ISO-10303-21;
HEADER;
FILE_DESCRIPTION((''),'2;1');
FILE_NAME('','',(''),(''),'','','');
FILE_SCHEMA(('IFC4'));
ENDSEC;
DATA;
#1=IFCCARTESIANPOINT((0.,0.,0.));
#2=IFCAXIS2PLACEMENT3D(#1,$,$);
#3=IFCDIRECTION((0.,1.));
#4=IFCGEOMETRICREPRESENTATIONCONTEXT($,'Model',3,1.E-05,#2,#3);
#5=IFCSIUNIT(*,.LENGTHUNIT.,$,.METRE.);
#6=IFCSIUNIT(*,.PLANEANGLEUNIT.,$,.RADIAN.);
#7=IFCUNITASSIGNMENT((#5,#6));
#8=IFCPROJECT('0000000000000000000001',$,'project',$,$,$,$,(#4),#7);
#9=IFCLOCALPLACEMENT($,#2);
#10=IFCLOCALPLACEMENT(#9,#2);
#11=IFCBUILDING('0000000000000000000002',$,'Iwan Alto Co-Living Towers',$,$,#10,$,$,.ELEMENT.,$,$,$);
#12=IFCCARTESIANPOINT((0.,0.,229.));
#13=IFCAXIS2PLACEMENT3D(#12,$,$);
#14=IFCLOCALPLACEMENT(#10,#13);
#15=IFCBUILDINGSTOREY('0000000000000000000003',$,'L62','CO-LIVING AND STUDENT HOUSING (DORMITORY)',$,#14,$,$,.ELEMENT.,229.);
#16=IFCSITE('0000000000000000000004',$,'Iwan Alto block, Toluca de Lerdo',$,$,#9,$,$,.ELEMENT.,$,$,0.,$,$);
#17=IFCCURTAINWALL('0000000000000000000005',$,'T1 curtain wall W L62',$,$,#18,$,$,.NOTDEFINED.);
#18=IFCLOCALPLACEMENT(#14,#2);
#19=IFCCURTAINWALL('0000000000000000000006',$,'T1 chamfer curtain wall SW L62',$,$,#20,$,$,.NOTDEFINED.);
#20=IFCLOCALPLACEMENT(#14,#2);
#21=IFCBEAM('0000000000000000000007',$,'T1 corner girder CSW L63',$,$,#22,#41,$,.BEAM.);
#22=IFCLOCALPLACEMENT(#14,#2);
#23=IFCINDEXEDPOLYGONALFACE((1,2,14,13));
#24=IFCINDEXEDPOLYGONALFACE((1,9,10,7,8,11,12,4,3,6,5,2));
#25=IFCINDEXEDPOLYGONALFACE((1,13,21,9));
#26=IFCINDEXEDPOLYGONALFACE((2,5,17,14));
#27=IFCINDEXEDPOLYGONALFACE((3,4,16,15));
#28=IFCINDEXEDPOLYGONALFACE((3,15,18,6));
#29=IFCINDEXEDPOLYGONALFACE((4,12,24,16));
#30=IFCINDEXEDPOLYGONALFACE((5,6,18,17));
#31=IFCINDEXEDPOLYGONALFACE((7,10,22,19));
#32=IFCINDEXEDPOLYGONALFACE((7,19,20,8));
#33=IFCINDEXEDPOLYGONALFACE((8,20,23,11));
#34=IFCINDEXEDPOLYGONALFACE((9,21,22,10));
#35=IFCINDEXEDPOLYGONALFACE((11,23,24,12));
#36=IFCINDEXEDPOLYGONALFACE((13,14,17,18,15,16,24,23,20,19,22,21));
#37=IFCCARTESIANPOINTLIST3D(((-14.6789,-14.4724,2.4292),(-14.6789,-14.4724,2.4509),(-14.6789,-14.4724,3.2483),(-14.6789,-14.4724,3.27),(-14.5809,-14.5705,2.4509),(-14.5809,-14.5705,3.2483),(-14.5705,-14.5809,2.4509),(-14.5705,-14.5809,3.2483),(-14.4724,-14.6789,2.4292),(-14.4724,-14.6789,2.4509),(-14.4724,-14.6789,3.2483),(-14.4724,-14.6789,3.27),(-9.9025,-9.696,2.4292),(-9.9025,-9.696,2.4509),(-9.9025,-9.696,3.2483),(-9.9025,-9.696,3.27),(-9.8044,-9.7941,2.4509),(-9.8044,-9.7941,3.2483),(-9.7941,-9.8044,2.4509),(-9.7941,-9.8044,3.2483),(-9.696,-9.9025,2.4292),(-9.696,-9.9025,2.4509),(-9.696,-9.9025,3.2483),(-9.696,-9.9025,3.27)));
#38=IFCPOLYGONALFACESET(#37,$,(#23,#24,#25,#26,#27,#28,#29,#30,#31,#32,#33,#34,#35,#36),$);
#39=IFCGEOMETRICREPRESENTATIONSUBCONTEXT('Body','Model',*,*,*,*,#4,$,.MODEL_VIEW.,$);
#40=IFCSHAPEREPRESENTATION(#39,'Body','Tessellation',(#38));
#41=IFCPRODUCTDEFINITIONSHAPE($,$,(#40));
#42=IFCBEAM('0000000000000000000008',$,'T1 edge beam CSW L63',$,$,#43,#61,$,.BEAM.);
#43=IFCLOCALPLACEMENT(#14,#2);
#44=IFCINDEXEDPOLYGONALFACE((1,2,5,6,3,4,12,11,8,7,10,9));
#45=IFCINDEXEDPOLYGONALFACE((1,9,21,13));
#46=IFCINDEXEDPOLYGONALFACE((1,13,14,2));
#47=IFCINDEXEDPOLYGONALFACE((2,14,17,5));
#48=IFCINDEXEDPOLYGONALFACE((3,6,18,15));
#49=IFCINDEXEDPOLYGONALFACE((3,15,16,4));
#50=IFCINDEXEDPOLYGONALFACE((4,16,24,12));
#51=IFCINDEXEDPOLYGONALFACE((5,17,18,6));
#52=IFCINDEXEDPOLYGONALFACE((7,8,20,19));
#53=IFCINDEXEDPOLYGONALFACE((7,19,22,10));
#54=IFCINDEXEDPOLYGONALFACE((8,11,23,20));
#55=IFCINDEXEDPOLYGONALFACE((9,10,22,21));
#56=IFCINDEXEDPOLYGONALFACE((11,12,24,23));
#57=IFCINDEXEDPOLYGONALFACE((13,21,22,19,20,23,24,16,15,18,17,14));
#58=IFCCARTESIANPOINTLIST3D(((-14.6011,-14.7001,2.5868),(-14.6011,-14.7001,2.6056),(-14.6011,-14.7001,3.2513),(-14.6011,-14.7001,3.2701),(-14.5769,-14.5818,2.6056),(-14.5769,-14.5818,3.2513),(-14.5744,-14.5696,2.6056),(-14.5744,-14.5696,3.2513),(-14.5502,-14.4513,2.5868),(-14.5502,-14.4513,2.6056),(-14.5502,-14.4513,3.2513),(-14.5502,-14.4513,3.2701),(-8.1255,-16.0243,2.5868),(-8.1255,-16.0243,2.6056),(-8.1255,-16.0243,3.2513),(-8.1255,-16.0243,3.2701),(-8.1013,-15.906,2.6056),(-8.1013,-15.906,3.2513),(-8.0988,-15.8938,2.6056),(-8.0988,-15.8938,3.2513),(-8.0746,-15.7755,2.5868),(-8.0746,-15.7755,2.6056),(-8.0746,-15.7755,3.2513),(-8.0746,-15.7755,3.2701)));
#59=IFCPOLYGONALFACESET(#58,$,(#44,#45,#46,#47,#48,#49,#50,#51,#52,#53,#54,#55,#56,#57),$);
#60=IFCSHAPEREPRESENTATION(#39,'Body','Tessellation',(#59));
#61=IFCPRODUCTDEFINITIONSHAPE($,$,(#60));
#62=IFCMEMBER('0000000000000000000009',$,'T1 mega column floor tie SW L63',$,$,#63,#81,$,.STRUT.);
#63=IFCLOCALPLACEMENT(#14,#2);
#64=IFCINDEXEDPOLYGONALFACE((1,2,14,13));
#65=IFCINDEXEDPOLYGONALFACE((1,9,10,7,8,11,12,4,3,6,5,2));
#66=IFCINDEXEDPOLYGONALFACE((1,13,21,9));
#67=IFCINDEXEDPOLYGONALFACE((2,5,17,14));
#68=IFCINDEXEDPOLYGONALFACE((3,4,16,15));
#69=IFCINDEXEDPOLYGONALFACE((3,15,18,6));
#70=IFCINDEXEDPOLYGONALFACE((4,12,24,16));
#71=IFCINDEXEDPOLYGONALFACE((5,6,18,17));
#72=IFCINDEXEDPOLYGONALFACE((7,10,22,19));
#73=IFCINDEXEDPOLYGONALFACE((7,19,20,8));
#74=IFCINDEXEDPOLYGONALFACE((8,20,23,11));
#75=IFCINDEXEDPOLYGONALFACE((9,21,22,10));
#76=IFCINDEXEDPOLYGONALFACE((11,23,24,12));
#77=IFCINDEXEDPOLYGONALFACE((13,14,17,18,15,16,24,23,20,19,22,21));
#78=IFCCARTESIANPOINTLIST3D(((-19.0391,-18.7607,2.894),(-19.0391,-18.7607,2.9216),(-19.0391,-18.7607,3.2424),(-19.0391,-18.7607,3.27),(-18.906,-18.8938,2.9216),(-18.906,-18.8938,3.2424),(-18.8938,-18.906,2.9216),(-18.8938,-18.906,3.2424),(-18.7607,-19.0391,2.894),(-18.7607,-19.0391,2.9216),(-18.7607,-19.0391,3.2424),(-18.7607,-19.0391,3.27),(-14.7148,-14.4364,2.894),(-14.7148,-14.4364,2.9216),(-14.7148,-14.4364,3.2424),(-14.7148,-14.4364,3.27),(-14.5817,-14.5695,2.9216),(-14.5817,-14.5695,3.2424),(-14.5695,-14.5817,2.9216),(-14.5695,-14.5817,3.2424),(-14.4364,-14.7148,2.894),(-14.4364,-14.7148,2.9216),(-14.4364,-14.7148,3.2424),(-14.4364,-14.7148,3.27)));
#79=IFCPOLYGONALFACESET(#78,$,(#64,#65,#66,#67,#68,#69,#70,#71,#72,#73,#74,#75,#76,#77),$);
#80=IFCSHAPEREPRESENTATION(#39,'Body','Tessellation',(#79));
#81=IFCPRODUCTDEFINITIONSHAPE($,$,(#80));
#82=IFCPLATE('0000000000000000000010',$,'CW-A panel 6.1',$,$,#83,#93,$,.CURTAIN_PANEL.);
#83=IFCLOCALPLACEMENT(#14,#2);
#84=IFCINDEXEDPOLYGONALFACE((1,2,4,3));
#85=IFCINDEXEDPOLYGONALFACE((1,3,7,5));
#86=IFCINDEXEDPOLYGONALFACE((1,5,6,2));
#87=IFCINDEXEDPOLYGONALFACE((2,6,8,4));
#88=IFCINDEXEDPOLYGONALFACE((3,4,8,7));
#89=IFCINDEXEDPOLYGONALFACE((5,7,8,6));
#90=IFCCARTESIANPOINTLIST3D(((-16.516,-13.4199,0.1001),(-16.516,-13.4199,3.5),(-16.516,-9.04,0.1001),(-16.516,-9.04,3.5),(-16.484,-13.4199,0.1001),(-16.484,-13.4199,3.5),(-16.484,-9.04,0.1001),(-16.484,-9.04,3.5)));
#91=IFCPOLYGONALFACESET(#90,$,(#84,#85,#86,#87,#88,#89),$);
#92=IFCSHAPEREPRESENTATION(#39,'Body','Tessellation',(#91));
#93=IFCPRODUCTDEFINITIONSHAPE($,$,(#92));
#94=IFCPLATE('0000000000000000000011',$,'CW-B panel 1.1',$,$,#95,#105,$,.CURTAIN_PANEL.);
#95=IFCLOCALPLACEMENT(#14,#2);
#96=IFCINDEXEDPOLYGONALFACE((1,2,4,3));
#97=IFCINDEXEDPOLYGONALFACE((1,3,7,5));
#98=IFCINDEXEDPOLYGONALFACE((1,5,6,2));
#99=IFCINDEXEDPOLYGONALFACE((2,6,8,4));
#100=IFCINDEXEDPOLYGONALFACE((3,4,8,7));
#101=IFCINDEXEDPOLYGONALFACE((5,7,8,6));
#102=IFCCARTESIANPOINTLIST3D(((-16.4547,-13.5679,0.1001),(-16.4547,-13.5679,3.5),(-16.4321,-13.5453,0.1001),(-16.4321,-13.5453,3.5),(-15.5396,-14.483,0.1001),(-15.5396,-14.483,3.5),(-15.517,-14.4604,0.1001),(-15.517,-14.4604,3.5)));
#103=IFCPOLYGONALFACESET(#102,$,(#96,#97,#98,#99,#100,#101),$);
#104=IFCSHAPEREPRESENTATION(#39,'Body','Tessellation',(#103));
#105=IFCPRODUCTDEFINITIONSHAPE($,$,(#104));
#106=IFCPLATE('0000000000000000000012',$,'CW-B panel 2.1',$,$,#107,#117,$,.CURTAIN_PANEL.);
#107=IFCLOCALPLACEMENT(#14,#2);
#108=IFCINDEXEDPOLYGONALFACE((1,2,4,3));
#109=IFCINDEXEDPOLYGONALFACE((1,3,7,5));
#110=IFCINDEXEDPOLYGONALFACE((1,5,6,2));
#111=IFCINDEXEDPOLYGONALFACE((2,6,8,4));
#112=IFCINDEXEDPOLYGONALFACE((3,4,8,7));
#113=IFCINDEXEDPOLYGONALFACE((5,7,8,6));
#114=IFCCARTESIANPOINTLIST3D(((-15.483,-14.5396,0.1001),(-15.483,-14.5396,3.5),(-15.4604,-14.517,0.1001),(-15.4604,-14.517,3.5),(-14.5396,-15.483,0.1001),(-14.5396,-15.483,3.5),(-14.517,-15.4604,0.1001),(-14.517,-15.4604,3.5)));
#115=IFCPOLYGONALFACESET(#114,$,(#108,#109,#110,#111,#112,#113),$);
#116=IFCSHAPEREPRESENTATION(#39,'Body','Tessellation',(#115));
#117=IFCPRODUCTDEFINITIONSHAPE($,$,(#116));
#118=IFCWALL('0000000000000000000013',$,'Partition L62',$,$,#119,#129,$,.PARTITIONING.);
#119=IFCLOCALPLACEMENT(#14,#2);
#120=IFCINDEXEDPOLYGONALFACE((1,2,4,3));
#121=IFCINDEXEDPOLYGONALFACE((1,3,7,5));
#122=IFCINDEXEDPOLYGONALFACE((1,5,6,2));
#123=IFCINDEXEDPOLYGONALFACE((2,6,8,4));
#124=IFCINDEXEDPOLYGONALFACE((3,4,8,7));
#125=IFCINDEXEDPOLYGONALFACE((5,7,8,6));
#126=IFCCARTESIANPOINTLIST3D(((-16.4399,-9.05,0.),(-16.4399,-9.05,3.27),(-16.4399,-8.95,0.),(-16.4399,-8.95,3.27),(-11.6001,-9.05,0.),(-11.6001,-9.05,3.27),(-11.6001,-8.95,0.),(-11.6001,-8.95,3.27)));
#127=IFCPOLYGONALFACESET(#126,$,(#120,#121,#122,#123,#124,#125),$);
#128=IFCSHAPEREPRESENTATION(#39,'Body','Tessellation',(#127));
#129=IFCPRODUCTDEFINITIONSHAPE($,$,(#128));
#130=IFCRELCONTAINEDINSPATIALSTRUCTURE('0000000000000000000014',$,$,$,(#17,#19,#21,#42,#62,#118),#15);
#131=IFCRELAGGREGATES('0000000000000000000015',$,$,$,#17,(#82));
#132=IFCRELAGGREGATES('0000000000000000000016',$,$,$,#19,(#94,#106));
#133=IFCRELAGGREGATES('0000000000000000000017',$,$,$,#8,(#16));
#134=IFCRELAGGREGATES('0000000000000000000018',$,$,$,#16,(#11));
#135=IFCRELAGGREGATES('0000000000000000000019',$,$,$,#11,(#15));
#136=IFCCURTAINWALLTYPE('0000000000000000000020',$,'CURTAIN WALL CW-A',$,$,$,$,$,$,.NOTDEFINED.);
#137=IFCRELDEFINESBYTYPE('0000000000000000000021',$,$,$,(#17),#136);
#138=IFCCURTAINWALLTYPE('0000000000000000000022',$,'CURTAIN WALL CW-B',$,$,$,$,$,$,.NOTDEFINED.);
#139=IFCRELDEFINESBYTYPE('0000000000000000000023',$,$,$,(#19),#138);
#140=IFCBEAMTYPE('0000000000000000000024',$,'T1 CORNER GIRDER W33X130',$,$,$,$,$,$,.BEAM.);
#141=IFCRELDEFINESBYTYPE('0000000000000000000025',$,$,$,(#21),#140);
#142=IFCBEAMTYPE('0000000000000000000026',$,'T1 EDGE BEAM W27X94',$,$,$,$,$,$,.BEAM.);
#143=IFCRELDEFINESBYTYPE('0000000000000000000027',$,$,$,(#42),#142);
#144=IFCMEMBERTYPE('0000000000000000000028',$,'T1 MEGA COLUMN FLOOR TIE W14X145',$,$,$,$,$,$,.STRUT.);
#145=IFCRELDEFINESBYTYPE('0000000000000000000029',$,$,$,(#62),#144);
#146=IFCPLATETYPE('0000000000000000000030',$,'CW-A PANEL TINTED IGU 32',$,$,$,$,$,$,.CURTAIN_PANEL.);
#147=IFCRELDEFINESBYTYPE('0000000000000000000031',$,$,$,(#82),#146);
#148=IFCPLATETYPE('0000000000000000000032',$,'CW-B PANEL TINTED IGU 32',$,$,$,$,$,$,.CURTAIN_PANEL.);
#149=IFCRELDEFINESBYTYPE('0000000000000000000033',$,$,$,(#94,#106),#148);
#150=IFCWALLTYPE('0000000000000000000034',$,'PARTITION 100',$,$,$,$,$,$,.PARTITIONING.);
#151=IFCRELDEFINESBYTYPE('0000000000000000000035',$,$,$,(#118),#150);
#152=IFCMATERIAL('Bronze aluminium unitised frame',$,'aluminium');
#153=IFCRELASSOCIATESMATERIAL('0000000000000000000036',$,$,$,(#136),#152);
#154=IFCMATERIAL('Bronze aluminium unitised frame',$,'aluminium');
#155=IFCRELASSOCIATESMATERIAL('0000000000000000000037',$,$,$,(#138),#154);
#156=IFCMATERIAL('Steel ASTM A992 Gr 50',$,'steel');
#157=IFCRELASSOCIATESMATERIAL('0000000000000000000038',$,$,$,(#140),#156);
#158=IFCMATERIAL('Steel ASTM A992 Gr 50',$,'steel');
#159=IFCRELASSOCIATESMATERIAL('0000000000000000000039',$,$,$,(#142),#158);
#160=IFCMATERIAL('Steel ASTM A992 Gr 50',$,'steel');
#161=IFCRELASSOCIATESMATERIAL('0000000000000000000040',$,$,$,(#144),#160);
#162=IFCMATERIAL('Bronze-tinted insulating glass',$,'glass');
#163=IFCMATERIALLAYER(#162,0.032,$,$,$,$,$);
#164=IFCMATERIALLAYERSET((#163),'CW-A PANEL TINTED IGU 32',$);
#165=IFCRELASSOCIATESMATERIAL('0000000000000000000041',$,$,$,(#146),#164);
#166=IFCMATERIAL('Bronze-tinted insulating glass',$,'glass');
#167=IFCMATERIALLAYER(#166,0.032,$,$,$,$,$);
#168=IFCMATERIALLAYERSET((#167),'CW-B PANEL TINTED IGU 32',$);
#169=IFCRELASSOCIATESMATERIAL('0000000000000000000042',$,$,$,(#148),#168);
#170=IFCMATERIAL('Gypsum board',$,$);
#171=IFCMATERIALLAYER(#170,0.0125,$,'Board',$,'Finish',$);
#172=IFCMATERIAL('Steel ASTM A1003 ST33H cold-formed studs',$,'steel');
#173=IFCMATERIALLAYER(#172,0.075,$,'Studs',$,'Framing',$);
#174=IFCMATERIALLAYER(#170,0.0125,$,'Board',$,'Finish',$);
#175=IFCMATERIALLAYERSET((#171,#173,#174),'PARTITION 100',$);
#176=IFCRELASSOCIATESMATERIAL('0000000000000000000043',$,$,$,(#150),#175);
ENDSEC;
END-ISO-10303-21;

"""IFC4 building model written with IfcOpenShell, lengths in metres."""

from ifc_helpers import new_model, si_unit, direction, frame, frame_2d, origin, origin_2d, place, context, subcontext, project, spatial, rectangle, i_section, extrude, material, layer, layer_set, material_profile, profile_set, type_object, element, aggregate, save


model = new_model("IFC4")

# Units and contexts
model_context = context("Model", 3, precision=1e-05, world=origin(), true_north=direction((0.0, 1.0)))
body_context = subcontext(model_context, "Body", "Model", "MODEL_VIEW")
ifc_project = project(units=[si_unit("LENGTHUNIT", "METRE"), si_unit("PLANEANGLEUNIT", "RADIAN")], contexts=[model_context])

# Site, building, storey
site_placement = place(None, origin())
site = spatial("IfcSite", under=ifc_project, at=site_placement, Name="Iwan Alto block, Toluca de Lerdo", CompositionType="ELEMENT", RefElevation=0.0)
building_placement = place(site_placement, origin())
building = spatial("IfcBuilding", under=site, at=building_placement, Name="Iwan Alto Co-Living Towers", CompositionType="ELEMENT")
storey_placement = place(building_placement, frame((0.0, 0.0, 229.0)))
storey = spatial("IfcBuildingStorey", under=building, at=storey_placement, Name="L62", Description="CO-LIVING AND STUDENT HOUSING (DORMITORY)", CompositionType="ELEMENT", Elevation=229.0)

# Curtain walls
ifc_material_1 = material(Name="Bronze aluminium unitised frame", Category="aluminium")
curtain_wall_type_1 = type_object("IfcCurtainWallType", Name="CURTAIN WALL CW-A", PredefinedType="NOTDEFINED", material=ifc_material_1)
curtain_wall_1_placement = place(storey_placement, origin())
curtain_wall_1 = element("IfcCurtainWall", 1, at=curtain_wall_1_placement, inside=storey, type_object=curtain_wall_type_1, Name="T1 curtain wall W L62", PredefinedType="NOTDEFINED")
ifc_material_2 = material(Name="Bronze aluminium unitised frame", Category="aluminium")
curtain_wall_type_2 = type_object("IfcCurtainWallType", Name="CURTAIN WALL CW-B", PredefinedType="NOTDEFINED", material=ifc_material_2)
curtain_wall_2_placement = place(storey_placement, origin())
curtain_wall_2 = element("IfcCurtainWall", 2, at=curtain_wall_2_placement, inside=storey, type_object=curtain_wall_type_2, Name="T1 chamfer curtain wall SW L62", PredefinedType="NOTDEFINED")

# Beams
ifc_material_3 = material(Name="Steel ASTM A992 Gr 50", Category="steel")
ifc_material_profile_1 = material_profile(ifc_material_3, i_section(OverallWidth=0.292, OverallDepth=0.8408, WebThickness=0.0146, FlangeThickness=0.0217, at=origin_2d()), Name="W33X130")
ifc_profile_set_1 = profile_set([ifc_material_profile_1], Name="Steel ASTM A992 Gr 50")
beam_type_1 = type_object("IfcBeamType", Name="T1 CORNER GIRDER W33X130", PredefinedType="BEAM", material=ifc_profile_set_1)
beam_1_placement = place(storey_placement, frame((-14.5757, -14.5757, 2.8496), z_axis=(0.707107, 0.707107, 0.0), x_axis=(-0.707107, 0.707107, 0.0)))
element("IfcBeam", 3, at=beam_1_placement, inside=storey, type_object=beam_type_1, Name="T1 corner girder CSW L63", PredefinedType="BEAM", context=body_context, shape_type="SweptSolid", body=[
    extrude(i_section(OverallWidth=0.292, OverallDepth=0.8408, WebThickness=0.0146, FlangeThickness=0.0217, at=origin_2d()), origin(), (0.0, 0.0, 1.0), 6.7549),
])
ifc_material_4 = material(Name="Steel ASTM A992 Gr 50", Category="steel")
ifc_material_profile_2 = material_profile(ifc_material_4, i_section(OverallWidth=0.2539, OverallDepth=0.6833, WebThickness=0.0125, FlangeThickness=0.0188, at=origin_2d()), Name="W27X94")
ifc_profile_set_2 = profile_set([ifc_material_profile_2], Name="Steel ASTM A992 Gr 50")
beam_type_2 = type_object("IfcBeamType", Name="T1 EDGE BEAM W27X94", PredefinedType="BEAM", material=ifc_profile_set_2)
beam_2_placement = place(storey_placement, frame((-14.5757, -14.5757, 2.9285), z_axis=(0.979725, -0.200348, 0.0), x_axis=(0.200348, 0.979725, 0.0)))
element("IfcBeam", 4, at=beam_2_placement, inside=storey, type_object=beam_type_2, Name="T1 edge beam CSW L63", PredefinedType="BEAM", context=body_context, shape_type="SweptSolid", body=[
    extrude(i_section(OverallWidth=0.2539, OverallDepth=0.6833, WebThickness=0.0125, FlangeThickness=0.0188, at=origin_2d()), origin(), (0.0, 0.0, 1.0), 6.6096),
])

# Member
ifc_material_5 = material(Name="Steel ASTM A992 Gr 50", Category="steel")
ifc_material_profile_3 = material_profile(ifc_material_5, i_section(OverallWidth=0.3938, OverallDepth=0.376, WebThickness=0.0173, FlangeThickness=0.0276, at=origin_2d()), Name="W14X145")
ifc_profile_set_3 = profile_set([ifc_material_profile_3], Name="Steel ASTM A992 Gr 50")
member_type_1 = type_object("IfcMemberType", Name="T1 MEGA COLUMN FLOOR TIE W14X145", PredefinedType="STRUT", material=ifc_profile_set_3)
member_1_placement = place(storey_placement, frame((-18.8999, -18.8999, 3.082), z_axis=(0.707107, 0.707107, 0.0), x_axis=(-0.707107, 0.707107, 0.0)))
element("IfcMember", 5, at=member_1_placement, inside=storey, type_object=member_type_1, Name="T1 mega column floor tie SW L63", PredefinedType="STRUT", context=body_context, shape_type="SweptSolid", body=[
    extrude(i_section(OverallWidth=0.3938, OverallDepth=0.376, WebThickness=0.0173, FlangeThickness=0.0276, at=origin_2d()), origin(), (0.0, 0.0, 1.0), 6.1155),
])

# Plates
ifc_material_6 = material(Name="Bronze-tinted insulating glass", Category="glass")
ifc_layer_1 = layer(ifc_material_6, 0.032)
ifc_layer_set_1 = layer_set([ifc_layer_1], Name="CW-A PANEL TINTED IGU 32")
plate_type_1 = type_object("IfcPlateType", Name="CW-A PANEL TINTED IGU 32", PredefinedType="CURTAIN_PANEL", material=ifc_layer_set_1)
plate_1_placement = place(storey_placement, frame((-16.5, -11.23, 0.1001), z_axis=(0.0, 0.0, 1.0), x_axis=(0.0, -1.0, 0.0)))
plate_1 = element("IfcPlate", 6, at=plate_1_placement, type_object=plate_type_1, Name="CW-A panel 6.1", PredefinedType="CURTAIN_PANEL", context=body_context, shape_type="SweptSolid", body=[
    extrude(rectangle(XDim=4.3799, YDim=0.032, at=origin_2d()), origin(), (0.0, 0.0, 1.0), 3.3999),
])
aggregate(curtain_wall_1, [plate_1])
ifc_material_7 = material(Name="Bronze-tinted insulating glass", Category="glass")
ifc_layer_2 = layer(ifc_material_7, 0.032)
ifc_layer_set_2 = layer_set([ifc_layer_2], Name="CW-B PANEL TINTED IGU 32")
plate_type_2 = type_object("IfcPlateType", Name="CW-B PANEL TINTED IGU 32", PredefinedType="CURTAIN_PANEL", material=ifc_layer_set_2)
plate_2_placement = place(storey_placement, frame((-15.9858, -14.0142, 0.1001), z_axis=(0.0, 0.0, 1.0), x_axis=(0.707107, -0.707107, 0.0)))
plate_2 = element("IfcPlate", 7, at=plate_2_placement, type_object=plate_type_2, Name="CW-B panel 1.1", PredefinedType="CURTAIN_PANEL", context=body_context, shape_type="SweptSolid", body=[
    extrude(rectangle(XDim=1.2942, YDim=0.032, at=origin_2d()), origin(), (0.0, 0.0, 1.0), 3.3999),
])
plate_3_placement = place(storey_placement, frame((-15.0, -15.0, 0.1001), z_axis=(0.0, 0.0, 1.0), x_axis=(0.707107, -0.707107, 0.0)))
plate_3 = element("IfcPlate", 8, at=plate_3_placement, type_object=plate_type_2, Name="CW-B panel 2.1", PredefinedType="CURTAIN_PANEL", context=body_context, shape_type="SweptSolid", body=[
    extrude(rectangle(XDim=1.3342, YDim=0.032, at=origin_2d()), origin(), (0.0, 0.0, 1.0), 3.3999),
])
aggregate(curtain_wall_2, [plate_2, plate_3])

# Wall
ifc_material_8 = material(Name="Gypsum board")
ifc_layer_3 = layer(ifc_material_8, 0.0125, Name="Board", Category="Finish")
ifc_material_9 = material(Name="Steel ASTM A1003 ST33H cold-formed studs", Category="steel")
ifc_layer_4 = layer(ifc_material_9, 0.075, Name="Studs", Category="Framing")
ifc_layer_5 = layer(ifc_material_8, 0.0125, Name="Board", Category="Finish")
ifc_layer_set_3 = layer_set([ifc_layer_3, ifc_layer_4, ifc_layer_5], Name="PARTITION 100")
wall_type = type_object("IfcWallType", Name="PARTITION 100", PredefinedType="PARTITIONING", material=ifc_layer_set_3)
wall_placement = place(storey_placement, frame((-16.4399, -9.0, 0.0), z_axis=(0.0, 0.0, 1.0), x_axis=(1.0, 0.0, 0.0)))
element("IfcWall", 9, at=wall_placement, inside=storey, type_object=wall_type, Name="Partition L62", PredefinedType="PARTITIONING", context=body_context, shape_type="SweptSolid", body=[
    extrude(rectangle(XDim=4.8398, YDim=0.1001, at=frame_2d((2.4199, 0.0))), origin(), (0.0, 0.0, 1.0), 3.27),
])

save(model, "model.ifc")
